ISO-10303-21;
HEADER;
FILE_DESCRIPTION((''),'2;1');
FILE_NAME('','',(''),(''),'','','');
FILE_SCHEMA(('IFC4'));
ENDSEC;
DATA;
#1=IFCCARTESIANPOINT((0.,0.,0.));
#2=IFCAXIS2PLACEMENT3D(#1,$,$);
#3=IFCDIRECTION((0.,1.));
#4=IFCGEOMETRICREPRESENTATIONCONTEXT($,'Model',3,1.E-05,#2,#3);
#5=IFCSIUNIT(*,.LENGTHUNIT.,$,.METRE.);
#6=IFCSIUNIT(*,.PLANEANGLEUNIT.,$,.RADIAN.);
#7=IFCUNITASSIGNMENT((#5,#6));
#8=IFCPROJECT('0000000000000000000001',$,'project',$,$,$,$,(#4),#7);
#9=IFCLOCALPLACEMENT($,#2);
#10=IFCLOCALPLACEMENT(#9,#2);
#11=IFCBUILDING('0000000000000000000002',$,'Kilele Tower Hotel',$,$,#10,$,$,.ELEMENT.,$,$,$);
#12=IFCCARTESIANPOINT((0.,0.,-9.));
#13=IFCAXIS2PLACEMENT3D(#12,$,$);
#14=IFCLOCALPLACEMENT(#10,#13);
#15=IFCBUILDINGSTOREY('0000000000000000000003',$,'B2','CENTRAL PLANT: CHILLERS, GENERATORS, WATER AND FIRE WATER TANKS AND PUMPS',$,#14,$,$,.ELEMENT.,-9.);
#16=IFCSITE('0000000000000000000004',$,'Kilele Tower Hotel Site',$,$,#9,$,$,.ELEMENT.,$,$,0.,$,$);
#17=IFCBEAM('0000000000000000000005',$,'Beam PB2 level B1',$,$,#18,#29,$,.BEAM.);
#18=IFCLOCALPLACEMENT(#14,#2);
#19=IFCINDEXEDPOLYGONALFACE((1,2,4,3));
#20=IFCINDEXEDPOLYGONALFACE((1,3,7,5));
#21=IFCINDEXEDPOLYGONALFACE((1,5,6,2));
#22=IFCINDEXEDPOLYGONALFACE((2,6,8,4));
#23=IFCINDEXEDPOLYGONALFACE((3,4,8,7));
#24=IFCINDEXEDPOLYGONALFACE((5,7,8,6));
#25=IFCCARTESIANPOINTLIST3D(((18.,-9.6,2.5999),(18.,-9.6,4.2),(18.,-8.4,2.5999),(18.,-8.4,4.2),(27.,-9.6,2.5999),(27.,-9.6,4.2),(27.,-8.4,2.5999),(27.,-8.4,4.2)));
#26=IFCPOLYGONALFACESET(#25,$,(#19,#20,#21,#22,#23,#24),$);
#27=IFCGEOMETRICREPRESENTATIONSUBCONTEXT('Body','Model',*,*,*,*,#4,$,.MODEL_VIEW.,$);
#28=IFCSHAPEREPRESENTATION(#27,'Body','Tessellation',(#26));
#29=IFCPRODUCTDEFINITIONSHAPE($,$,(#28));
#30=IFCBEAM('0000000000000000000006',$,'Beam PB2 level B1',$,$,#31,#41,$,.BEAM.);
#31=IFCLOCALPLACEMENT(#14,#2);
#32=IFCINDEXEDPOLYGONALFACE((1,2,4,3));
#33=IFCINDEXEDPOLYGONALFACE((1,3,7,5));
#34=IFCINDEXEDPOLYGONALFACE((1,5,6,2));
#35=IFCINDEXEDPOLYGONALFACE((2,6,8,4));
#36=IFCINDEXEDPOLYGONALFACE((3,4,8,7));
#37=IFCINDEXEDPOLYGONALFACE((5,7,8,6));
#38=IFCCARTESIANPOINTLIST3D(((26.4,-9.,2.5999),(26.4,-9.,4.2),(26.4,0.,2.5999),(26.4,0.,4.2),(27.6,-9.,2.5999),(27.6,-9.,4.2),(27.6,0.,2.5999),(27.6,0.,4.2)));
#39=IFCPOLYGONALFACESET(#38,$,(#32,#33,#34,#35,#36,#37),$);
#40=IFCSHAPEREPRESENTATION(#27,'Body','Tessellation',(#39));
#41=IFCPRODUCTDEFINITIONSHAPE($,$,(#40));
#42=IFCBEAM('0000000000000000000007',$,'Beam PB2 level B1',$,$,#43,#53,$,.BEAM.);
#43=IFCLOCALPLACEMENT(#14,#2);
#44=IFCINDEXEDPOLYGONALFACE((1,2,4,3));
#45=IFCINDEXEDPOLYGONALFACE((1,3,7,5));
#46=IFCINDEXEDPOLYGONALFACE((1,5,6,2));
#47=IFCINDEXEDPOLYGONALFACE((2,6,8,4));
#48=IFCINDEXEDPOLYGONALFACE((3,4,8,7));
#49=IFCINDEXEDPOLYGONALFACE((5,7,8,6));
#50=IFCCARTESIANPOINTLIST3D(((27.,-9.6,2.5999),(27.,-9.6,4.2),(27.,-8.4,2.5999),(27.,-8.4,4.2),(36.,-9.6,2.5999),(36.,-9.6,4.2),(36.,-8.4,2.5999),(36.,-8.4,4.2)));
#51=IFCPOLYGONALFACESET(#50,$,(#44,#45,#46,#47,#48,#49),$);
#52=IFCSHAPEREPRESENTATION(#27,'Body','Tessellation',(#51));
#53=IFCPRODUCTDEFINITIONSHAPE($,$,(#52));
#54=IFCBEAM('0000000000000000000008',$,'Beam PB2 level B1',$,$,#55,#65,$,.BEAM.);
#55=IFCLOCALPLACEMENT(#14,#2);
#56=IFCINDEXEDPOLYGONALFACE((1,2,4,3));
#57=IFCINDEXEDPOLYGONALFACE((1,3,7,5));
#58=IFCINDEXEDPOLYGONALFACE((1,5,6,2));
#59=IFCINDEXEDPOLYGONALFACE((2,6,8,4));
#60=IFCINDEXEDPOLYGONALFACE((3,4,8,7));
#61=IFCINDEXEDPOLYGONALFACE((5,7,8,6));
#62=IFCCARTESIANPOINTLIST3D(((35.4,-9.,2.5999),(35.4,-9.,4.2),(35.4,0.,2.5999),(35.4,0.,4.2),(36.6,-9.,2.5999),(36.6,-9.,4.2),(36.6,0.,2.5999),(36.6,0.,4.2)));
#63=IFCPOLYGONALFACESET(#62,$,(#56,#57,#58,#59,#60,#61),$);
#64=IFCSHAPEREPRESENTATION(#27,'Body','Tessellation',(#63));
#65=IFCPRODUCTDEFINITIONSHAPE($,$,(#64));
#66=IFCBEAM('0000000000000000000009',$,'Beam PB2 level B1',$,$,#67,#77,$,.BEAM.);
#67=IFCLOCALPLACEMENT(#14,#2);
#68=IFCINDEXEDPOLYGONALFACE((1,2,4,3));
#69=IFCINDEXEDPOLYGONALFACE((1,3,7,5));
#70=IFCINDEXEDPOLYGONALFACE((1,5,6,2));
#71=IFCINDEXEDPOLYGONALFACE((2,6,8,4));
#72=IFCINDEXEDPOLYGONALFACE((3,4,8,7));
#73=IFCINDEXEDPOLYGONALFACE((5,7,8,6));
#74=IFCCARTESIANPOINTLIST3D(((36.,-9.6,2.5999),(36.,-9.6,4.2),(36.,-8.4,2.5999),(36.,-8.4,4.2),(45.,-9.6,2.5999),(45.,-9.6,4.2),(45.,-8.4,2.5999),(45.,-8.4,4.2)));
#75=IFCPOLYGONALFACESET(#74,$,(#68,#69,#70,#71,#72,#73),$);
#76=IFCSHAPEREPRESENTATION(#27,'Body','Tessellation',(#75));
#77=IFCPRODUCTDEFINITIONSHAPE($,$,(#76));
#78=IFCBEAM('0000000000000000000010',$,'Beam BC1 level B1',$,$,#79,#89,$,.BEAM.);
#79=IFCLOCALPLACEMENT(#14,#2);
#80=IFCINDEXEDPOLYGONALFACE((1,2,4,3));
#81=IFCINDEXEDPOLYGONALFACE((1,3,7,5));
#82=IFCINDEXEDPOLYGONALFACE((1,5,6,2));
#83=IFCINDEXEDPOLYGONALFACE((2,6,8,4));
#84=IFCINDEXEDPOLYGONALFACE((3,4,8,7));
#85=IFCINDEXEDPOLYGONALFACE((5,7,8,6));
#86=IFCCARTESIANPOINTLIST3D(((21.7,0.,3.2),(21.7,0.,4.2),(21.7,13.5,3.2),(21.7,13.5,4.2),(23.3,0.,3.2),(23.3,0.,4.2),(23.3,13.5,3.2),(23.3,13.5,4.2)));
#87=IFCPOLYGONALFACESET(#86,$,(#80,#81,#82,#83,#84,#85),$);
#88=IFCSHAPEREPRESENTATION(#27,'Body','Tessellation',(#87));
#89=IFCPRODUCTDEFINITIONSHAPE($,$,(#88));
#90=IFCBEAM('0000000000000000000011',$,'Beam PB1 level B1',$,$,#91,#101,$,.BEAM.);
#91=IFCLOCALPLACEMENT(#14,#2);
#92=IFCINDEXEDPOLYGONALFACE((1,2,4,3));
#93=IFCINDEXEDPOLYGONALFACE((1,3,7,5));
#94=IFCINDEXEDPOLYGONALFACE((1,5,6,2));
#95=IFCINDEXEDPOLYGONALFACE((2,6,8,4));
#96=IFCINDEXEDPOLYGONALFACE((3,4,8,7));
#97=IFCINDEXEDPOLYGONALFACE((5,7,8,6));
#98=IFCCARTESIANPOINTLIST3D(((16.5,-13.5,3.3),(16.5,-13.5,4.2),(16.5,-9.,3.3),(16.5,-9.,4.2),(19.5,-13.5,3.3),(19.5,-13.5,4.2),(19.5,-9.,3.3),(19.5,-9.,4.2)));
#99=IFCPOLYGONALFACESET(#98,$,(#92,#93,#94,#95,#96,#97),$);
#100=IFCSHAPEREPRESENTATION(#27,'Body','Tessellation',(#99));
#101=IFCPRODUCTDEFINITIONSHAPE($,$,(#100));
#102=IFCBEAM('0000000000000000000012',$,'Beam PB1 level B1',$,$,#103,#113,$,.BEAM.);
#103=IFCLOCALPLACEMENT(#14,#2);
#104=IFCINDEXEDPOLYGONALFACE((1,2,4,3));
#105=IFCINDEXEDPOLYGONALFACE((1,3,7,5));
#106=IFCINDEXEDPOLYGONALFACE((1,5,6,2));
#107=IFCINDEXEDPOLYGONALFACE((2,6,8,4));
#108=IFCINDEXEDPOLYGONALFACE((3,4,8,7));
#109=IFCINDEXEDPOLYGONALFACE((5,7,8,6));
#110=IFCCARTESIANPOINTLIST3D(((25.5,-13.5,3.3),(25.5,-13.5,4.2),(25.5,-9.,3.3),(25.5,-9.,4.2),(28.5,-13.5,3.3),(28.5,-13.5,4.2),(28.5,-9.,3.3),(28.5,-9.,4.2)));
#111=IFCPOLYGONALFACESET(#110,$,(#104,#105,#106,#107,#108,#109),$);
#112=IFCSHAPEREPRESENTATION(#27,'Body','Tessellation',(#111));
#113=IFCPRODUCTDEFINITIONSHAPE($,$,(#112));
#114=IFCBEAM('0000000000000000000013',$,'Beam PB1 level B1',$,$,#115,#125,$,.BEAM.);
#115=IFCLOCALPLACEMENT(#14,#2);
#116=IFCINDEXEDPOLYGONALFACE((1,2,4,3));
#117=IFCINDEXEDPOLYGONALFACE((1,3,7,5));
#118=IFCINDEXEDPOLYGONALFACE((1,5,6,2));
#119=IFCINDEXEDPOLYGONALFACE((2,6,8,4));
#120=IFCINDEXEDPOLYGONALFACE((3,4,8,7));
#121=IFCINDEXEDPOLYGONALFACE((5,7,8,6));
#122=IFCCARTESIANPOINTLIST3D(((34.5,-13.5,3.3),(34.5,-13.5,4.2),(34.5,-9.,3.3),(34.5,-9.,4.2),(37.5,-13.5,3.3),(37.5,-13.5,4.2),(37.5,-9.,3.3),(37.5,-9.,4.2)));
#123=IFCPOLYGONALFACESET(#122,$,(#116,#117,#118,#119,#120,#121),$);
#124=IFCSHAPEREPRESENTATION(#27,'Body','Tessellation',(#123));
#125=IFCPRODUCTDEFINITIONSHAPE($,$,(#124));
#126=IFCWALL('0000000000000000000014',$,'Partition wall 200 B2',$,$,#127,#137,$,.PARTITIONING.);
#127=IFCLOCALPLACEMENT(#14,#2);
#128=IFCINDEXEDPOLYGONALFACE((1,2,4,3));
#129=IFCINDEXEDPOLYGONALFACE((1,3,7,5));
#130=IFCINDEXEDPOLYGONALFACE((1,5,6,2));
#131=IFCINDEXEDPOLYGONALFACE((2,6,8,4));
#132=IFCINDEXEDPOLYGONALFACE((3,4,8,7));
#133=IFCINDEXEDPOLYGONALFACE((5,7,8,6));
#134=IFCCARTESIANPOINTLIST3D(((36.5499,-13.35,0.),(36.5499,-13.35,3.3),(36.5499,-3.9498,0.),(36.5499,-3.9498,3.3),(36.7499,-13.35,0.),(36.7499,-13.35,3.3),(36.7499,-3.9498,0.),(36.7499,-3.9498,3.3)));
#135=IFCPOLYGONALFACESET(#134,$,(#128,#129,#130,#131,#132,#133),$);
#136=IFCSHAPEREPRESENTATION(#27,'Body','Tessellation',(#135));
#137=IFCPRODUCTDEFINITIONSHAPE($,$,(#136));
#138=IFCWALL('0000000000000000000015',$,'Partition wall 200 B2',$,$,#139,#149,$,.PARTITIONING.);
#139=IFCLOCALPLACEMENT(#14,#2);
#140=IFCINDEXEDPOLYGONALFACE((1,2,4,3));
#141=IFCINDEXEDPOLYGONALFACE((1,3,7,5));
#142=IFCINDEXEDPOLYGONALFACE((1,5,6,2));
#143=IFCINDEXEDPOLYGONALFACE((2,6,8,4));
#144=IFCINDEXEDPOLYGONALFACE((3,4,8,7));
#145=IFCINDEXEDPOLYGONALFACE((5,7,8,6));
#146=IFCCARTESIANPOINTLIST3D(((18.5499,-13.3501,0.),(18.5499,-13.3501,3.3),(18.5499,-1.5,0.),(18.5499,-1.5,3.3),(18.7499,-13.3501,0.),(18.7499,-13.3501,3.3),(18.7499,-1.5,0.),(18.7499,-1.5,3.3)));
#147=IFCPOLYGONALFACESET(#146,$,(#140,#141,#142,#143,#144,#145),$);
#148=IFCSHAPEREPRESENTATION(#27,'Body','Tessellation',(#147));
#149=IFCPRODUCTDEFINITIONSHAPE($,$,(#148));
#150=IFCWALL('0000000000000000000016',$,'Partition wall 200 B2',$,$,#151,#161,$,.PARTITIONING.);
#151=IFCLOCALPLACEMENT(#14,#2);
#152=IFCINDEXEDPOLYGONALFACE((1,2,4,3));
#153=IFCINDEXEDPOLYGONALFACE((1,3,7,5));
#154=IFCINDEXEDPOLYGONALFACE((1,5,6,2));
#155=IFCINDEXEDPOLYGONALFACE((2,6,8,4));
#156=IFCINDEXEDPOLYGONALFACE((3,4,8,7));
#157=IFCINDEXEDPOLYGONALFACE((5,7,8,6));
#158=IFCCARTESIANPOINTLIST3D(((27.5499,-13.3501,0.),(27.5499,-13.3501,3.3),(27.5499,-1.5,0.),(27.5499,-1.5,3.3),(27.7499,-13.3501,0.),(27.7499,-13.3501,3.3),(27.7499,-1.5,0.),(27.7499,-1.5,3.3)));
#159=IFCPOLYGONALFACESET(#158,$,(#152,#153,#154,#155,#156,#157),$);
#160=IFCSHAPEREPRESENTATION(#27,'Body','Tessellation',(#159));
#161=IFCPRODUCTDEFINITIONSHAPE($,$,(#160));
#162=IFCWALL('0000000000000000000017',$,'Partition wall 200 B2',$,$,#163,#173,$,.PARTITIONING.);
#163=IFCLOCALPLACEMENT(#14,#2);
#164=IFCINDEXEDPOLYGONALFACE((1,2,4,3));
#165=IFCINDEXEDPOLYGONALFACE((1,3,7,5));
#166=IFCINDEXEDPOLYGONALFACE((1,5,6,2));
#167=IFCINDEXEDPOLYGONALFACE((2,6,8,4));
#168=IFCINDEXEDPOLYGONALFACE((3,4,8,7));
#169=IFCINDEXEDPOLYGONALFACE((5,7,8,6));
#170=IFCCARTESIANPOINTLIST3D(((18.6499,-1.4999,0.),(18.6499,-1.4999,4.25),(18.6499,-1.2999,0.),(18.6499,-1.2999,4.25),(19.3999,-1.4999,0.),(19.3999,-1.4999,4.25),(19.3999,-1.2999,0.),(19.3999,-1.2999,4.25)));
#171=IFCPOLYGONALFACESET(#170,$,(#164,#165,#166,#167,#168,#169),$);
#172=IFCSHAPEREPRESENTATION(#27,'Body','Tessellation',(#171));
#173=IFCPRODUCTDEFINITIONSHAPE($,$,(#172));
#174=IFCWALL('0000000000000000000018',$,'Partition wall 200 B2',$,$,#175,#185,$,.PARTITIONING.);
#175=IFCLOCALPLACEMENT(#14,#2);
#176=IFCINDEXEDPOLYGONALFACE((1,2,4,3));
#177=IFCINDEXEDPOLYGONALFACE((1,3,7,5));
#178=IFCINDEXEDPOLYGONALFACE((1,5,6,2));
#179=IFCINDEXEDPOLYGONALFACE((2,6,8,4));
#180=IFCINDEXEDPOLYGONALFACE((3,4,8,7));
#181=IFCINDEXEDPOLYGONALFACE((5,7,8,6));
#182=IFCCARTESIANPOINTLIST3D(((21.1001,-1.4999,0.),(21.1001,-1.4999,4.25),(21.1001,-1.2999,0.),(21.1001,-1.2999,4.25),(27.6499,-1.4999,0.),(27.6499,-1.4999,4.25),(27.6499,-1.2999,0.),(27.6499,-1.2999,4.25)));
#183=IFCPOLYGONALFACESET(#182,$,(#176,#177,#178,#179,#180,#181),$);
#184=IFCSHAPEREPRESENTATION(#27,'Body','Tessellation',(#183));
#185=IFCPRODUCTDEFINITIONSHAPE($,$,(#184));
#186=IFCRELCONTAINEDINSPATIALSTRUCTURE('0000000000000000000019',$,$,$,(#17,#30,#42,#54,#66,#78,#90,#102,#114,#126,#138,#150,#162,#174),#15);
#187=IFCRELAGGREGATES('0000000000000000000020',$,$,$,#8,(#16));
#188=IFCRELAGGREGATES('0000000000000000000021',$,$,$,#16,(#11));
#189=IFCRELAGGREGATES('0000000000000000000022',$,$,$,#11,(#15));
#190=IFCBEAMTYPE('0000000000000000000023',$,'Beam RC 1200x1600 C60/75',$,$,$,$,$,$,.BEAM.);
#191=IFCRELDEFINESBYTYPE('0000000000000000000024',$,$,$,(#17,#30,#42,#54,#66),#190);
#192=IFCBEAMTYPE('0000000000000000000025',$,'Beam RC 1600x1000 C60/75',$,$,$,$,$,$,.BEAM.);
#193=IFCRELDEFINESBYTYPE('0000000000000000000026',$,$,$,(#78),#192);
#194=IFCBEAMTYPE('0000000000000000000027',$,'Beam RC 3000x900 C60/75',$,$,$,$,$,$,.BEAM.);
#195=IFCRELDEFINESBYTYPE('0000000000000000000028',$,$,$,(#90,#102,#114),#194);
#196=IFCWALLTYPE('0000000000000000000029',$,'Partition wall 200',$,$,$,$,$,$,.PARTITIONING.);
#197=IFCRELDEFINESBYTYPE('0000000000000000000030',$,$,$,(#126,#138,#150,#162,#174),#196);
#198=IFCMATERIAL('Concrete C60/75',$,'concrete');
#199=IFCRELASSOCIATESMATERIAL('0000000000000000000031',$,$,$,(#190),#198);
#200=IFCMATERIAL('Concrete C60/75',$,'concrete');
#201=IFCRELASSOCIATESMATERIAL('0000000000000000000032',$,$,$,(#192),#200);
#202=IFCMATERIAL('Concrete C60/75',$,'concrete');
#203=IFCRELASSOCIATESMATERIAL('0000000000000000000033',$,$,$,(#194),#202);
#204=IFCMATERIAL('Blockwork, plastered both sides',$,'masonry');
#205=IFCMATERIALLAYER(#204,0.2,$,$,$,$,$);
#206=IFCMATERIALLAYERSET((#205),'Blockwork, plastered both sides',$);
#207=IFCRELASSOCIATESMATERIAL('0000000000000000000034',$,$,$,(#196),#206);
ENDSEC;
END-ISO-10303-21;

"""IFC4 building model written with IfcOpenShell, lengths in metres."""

from ifc_helpers import new_model, si_unit, direction, frame, frame_2d, origin, origin_2d, place, context, subcontext, project, spatial, rectangle, extrude, material, layer, layer_set, material_profile, profile_set, type_object, element, save


model = new_model("IFC4")

# Units and contexts
model_context = context("Model", 3, precision=1e-05, world=origin(), true_north=direction((0.0, 1.0)))
body_context = subcontext(model_context, "Body", "Model", "MODEL_VIEW")
ifc_project = project(units=[si_unit("LENGTHUNIT", "METRE"), si_unit("PLANEANGLEUNIT", "RADIAN")], contexts=[model_context])

# Site, building, storey
site_placement = place(None, origin())
site = spatial("IfcSite", under=ifc_project, at=site_placement, Name="Kilele Tower Hotel Site", CompositionType="ELEMENT", RefElevation=0.0)
building_placement = place(site_placement, origin())
building = spatial("IfcBuilding", under=site, at=building_placement, Name="Kilele Tower Hotel", CompositionType="ELEMENT")
storey_placement = place(building_placement, frame((0.0, 0.0, -9.0)))
storey = spatial("IfcBuildingStorey", under=building, at=storey_placement, Name="B2", Description="CENTRAL PLANT: CHILLERS, GENERATORS, WATER AND FIRE WATER TANKS AND PUMPS", CompositionType="ELEMENT", Elevation=-9.0)

# Beams
ifc_material_1 = material(Name="Concrete C60/75", Category="concrete")
ifc_material_profile_1 = material_profile(ifc_material_1, rectangle(XDim=1.2, YDim=1.6001, at=origin_2d()))
ifc_profile_set_1 = profile_set([ifc_material_profile_1], Name="Concrete C60/75")
beam_type_1 = type_object("IfcBeamType", Name="Beam RC 1200x1600 C60/75", PredefinedType="BEAM", material=ifc_profile_set_1)
for number, where, z_axis, x_axis, name in (
    (1, (18.0, -9.0, 3.3999), (1.0, 0.0, 0.0), (0.0, 1.0, 0.0), "Beam PB2 level B1"),
    (2, (27.0, -9.0, 3.3999), (0.0, 1.0, 0.0), (-1.0, 0.0, 0.0), "Beam PB2 level B1"),
    (3, (27.0, -9.0, 3.3999), (1.0, 0.0, 0.0), (0.0, 1.0, 0.0), "Beam PB2 level B1"),
    (4, (36.0, -9.0, 3.3999), (0.0, 1.0, 0.0), (-1.0, 0.0, 0.0), "Beam PB2 level B1"),
    (5, (36.0, -9.0, 3.3999), (1.0, 0.0, 0.0), (0.0, 1.0, 0.0), "Beam PB2 level B1"),
):
    element("IfcBeam", number, at=place(storey_placement, frame(where, z_axis=z_axis, x_axis=x_axis)), inside=storey, type_object=beam_type_1, Name=name, PredefinedType="BEAM", context=body_context, shape_type="SweptSolid", body=[
        extrude(rectangle(XDim=1.2, YDim=1.6001, at=origin_2d()), origin(), (0.0, 0.0, 1.0), 9.0),
    ])
ifc_material_2 = material(Name="Concrete C60/75", Category="concrete")
ifc_material_profile_2 = material_profile(ifc_material_2, rectangle(XDim=1.6001, YDim=1.0, at=origin_2d()))
ifc_profile_set_2 = profile_set([ifc_material_profile_2], Name="Concrete C60/75")
beam_type_2 = type_object("IfcBeamType", Name="Beam RC 1600x1000 C60/75", PredefinedType="BEAM", material=ifc_profile_set_2)
beam_placement = place(storey_placement, frame((22.5, 0.0, 3.7), z_axis=(0.0, 1.0, 0.0), x_axis=(-1.0, 0.0, 0.0)))
element("IfcBeam", 6, at=beam_placement, inside=storey, type_object=beam_type_2, Name="Beam BC1 level B1", PredefinedType="BEAM", context=body_context, shape_type="SweptSolid", body=[
    extrude(rectangle(XDim=1.6001, YDim=1.0, at=origin_2d()), origin(), (0.0, 0.0, 1.0), 13.5),
])
ifc_material_3 = material(Name="Concrete C60/75", Category="concrete")
ifc_material_profile_3 = material_profile(ifc_material_3, rectangle(XDim=3.0, YDim=0.8999, at=origin_2d()))
ifc_profile_set_3 = profile_set([ifc_material_profile_3], Name="Concrete C60/75")
beam_type_3 = type_object("IfcBeamType", Name="Beam RC 3000x900 C60/75", PredefinedType="BEAM", material=ifc_profile_set_3)
for number, where, z_axis, x_axis, name in (
    (7, (18.0, -13.5, 3.75), (0.0, 1.0, 0.0), (-1.0, 0.0, 0.0), "Beam PB1 level B1"),
    (8, (27.0, -13.5, 3.75), (0.0, 1.0, 0.0), (-1.0, 0.0, 0.0), "Beam PB1 level B1"),
    (9, (36.0, -13.5, 3.75), (0.0, 1.0, 0.0), (-1.0, 0.0, 0.0), "Beam PB1 level B1"),
):
    element("IfcBeam", number, at=place(storey_placement, frame(where, z_axis=z_axis, x_axis=x_axis)), inside=storey, type_object=beam_type_3, Name=name, PredefinedType="BEAM", context=body_context, shape_type="SweptSolid", body=[
        extrude(rectangle(XDim=3.0, YDim=0.8999, at=origin_2d()), origin(), (0.0, 0.0, 1.0), 4.5),
    ])

# Walls
ifc_material_4 = material(Name="Blockwork, plastered both sides", Category="masonry")
ifc_layer_1 = layer(ifc_material_4, 0.2)
ifc_layer_set_1 = layer_set([ifc_layer_1], Name="Blockwork, plastered both sides")
wall_type = type_object("IfcWallType", Name="Partition wall 200", PredefinedType="PARTITIONING", material=ifc_layer_set_1)
wall_1_placement = place(storey_placement, frame((36.6499, -13.3501, 0.0), z_axis=(0.0, 0.0, 1.0), x_axis=(0.0, 1.0, 0.0)))
element("IfcWall", 10, at=wall_1_placement, inside=storey, type_object=wall_type, Name="Partition wall 200 B2", PredefinedType="PARTITIONING", context=body_context, shape_type="SweptSolid", body=[
    extrude(rectangle(XDim=9.4001, YDim=0.2, at=frame_2d((4.7002, 0.0))), origin(), (0.0, 0.0, 1.0), 3.3),
])
for number, where, z_axis, x_axis, name in (
    (11, (18.6499, -13.3501, 0.0), (0.0, 0.0, 1.0), (0.0, 1.0, 0.0), "Partition wall 200 B2"),
    (12, (27.6499, -13.3501, 0.0), (0.0, 0.0, 1.0), (0.0, 1.0, 0.0), "Partition wall 200 B2"),
):
    element("IfcWall", number, at=place(storey_placement, frame(where, z_axis=z_axis, x_axis=x_axis)), inside=storey, type_object=wall_type, Name=name, PredefinedType="PARTITIONING", context=body_context, shape_type="SweptSolid", body=[
        extrude(rectangle(XDim=11.8501, YDim=0.2, at=frame_2d((5.925, 0.0))), origin(), (0.0, 0.0, 1.0), 3.3),
    ])
wall_2_placement = place(storey_placement, frame((18.6499, -1.3999, 0.0), z_axis=(0.0, 0.0, 1.0), x_axis=(1.0, 0.0, 0.0)))
element("IfcWall", 13, at=wall_2_placement, inside=storey, type_object=wall_type, Name="Partition wall 200 B2", PredefinedType="PARTITIONING", context=body_context, shape_type="SweptSolid", body=[
    extrude(rectangle(XDim=0.75, YDim=0.2, at=frame_2d((0.375, 0.0))), origin(), (0.0, 0.0, 1.0), 4.25),
])
wall_3_placement = place(storey_placement, frame((21.1001, -1.3999, 0.0), z_axis=(0.0, 0.0, 1.0), x_axis=(1.0, 0.0, 0.0)))
element("IfcWall", 14, at=wall_3_placement, inside=storey, type_object=wall_type, Name="Partition wall 200 B2", PredefinedType="PARTITIONING", context=body_context, shape_type="SweptSolid", body=[
    extrude(rectangle(XDim=6.5498, YDim=0.2, at=frame_2d((3.2749, 0.0))), origin(), (0.0, 0.0, 1.0), 4.25),
])

save(model, "model.ifc")
